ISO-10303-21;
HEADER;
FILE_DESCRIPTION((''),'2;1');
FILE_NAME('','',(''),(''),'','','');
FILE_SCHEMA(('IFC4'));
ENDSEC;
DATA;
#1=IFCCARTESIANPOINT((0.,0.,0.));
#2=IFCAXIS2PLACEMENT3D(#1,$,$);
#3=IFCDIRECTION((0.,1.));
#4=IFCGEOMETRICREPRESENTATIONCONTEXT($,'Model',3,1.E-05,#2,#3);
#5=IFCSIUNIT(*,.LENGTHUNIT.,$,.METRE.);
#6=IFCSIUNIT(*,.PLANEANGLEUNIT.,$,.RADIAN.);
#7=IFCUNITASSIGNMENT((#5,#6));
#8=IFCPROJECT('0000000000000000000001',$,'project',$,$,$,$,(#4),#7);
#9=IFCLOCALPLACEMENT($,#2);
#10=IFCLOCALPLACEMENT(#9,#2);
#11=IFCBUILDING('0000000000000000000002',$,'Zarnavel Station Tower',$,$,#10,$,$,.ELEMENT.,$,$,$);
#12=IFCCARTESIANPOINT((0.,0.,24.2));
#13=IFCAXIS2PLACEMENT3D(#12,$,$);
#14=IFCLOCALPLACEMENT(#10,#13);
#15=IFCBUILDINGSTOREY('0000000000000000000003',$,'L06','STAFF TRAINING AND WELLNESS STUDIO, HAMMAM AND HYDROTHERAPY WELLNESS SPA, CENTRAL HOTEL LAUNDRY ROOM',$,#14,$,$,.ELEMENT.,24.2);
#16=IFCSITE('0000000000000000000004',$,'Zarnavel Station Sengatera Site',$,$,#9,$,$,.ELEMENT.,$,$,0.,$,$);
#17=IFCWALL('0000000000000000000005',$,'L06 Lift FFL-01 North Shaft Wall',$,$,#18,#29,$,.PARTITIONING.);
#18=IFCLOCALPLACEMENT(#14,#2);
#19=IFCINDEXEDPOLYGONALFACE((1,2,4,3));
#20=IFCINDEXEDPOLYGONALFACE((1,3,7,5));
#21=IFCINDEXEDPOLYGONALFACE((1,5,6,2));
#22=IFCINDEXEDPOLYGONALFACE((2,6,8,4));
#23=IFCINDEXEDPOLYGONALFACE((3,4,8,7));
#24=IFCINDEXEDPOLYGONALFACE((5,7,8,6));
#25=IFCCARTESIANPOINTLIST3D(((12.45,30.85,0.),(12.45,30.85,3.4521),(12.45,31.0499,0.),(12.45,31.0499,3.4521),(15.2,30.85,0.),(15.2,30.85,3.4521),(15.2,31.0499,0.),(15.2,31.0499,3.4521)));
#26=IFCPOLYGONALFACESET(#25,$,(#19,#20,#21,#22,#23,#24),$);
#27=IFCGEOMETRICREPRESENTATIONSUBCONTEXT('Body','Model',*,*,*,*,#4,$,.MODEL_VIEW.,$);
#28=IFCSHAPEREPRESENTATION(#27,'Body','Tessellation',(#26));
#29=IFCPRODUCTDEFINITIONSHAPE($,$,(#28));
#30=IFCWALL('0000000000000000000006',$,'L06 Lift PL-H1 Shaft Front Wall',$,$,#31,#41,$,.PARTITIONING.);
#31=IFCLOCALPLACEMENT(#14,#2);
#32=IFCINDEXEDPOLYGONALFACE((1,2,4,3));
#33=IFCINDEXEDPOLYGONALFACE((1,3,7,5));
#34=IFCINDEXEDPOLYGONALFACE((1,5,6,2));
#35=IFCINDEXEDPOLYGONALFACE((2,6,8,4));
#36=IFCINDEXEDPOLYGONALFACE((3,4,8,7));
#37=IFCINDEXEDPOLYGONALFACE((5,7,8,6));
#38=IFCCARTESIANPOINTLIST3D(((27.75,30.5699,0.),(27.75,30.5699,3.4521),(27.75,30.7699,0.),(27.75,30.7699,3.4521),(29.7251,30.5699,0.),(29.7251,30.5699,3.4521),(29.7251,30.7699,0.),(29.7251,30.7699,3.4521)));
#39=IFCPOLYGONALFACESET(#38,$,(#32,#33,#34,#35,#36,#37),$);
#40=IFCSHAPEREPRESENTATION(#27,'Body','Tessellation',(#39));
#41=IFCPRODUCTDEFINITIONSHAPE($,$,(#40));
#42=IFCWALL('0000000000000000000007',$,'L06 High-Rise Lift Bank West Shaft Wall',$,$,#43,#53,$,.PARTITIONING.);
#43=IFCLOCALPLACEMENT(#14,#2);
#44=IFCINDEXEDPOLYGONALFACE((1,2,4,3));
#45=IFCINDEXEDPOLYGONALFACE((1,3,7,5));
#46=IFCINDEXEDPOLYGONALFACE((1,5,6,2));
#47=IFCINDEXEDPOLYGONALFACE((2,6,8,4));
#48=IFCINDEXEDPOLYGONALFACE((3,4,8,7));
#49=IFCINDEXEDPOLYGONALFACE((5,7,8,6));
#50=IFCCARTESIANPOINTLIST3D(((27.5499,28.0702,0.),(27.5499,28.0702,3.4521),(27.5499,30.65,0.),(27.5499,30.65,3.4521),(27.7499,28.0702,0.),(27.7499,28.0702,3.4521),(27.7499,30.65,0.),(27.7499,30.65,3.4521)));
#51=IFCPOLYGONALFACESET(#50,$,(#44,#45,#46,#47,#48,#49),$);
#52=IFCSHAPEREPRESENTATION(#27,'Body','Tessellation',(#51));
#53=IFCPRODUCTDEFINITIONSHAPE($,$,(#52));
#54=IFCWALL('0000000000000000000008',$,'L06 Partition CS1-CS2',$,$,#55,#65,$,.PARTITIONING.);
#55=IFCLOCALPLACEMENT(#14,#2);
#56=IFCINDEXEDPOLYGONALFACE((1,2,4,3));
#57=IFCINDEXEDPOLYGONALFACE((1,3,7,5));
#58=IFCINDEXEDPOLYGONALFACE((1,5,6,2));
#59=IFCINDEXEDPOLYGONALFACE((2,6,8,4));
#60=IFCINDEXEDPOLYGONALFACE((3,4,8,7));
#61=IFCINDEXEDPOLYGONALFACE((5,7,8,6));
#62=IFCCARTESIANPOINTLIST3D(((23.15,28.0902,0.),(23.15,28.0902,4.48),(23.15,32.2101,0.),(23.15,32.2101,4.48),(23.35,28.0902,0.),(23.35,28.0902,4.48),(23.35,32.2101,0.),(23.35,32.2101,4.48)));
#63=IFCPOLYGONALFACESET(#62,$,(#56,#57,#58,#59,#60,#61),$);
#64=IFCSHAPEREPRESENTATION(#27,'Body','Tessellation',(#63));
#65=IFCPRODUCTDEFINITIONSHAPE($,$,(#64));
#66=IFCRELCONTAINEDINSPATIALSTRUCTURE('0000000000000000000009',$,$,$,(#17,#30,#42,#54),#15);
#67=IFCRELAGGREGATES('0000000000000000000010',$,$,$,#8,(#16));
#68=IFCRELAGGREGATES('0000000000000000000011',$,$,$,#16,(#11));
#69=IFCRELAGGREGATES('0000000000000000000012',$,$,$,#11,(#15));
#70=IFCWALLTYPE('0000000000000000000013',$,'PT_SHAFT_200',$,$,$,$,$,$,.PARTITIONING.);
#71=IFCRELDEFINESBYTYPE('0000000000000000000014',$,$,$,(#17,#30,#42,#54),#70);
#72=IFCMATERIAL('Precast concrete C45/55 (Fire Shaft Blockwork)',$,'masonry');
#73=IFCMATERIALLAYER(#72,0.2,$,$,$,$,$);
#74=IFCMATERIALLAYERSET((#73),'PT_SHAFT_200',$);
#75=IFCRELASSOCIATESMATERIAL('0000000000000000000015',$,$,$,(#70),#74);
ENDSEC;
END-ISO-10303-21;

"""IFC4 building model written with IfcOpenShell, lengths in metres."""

from ifc_helpers import new_model, si_unit, direction, frame, frame_2d, origin, place, context, subcontext, project, spatial, rectangle, extrude, material, layer, layer_set, type_object, element, save


model = new_model("IFC4")

# Units and contexts
model_context = context("Model", 3, precision=1e-05, world=origin(), true_north=direction((0.0, 1.0)))
body_context = subcontext(model_context, "Body", "Model", "MODEL_VIEW")
ifc_project = project(units=[si_unit("LENGTHUNIT", "METRE"), si_unit("PLANEANGLEUNIT", "RADIAN")], contexts=[model_context])

# Site, building, storey
site_placement = place(None, origin())
site = spatial("IfcSite", under=ifc_project, at=site_placement, Name="Zarnavel Station Sengatera Site", CompositionType="ELEMENT", RefElevation=0.0)
building_placement = place(site_placement, origin())
building = spatial("IfcBuilding", under=site, at=building_placement, Name="Zarnavel Station Tower", CompositionType="ELEMENT")
storey_placement = place(building_placement, frame((0.0, 0.0, 24.2)))
storey = spatial("IfcBuildingStorey", under=building, at=storey_placement, Name="L06", Description="STAFF TRAINING AND WELLNESS STUDIO, HAMMAM AND HYDROTHERAPY WELLNESS SPA, CENTRAL HOTEL LAUNDRY ROOM", CompositionType="ELEMENT", Elevation=24.2)

# Shared definitions
ifc_material_1 = material(Name="Precast concrete C45/55 (Fire Shaft Blockwork)", Category="masonry")
ifc_layer_1 = layer(ifc_material_1, 0.2)
ifc_layer_set_1 = layer_set([ifc_layer_1], Name="PT_SHAFT_200")
wall_type_1 = type_object("IfcWallType", Name="PT_SHAFT_200", PredefinedType="PARTITIONING", material=ifc_layer_set_1)

# Walls
wall_1_placement = place(storey_placement, frame((12.45, 30.95, 0.0), z_axis=(0.0, 0.0, 1.0), x_axis=(1.0, 0.0, 0.0)))
element("IfcWall", 1, at=wall_1_placement, inside=storey, type_object=wall_type_1, Name="L06 Lift FFL-01 North Shaft Wall", PredefinedType="PARTITIONING", context=body_context, shape_type="SweptSolid", body=[
    extrude(rectangle(XDim=2.75, YDim=0.2, at=frame_2d((1.375, 0.0))), origin(), (0.0, 0.0, 1.0), 3.4521),
])
wall_2_placement = place(storey_placement, frame((27.75, 30.6699, 0.0), z_axis=(0.0, 0.0, 1.0), x_axis=(1.0, 0.0, 0.0)))
element("IfcWall", 2, at=wall_2_placement, inside=storey, type_object=wall_type_1, Name="L06 Lift PL-H1 Shaft Front Wall", PredefinedType="PARTITIONING", context=body_context, shape_type="SweptSolid", body=[
    extrude(rectangle(XDim=1.9751, YDim=0.2, at=frame_2d((0.9875, 0.0))), origin(), (0.0, 0.0, 1.0), 3.4521),
])
wall_3_placement = place(storey_placement, frame((27.6499, 28.0701, 0.0), z_axis=(0.0, 0.0, 1.0), x_axis=(0.0, 1.0, 0.0)))
element("IfcWall", 3, at=wall_3_placement, inside=storey, type_object=wall_type_1, Name="L06 High-Rise Lift Bank West Shaft Wall", PredefinedType="PARTITIONING", context=body_context, shape_type="SweptSolid", body=[
    extrude(rectangle(XDim=2.5798, YDim=0.2, at=frame_2d((1.29, 0.0))), origin(), (0.0, 0.0, 1.0), 3.4521),
])

# Wall
wall_4_placement = place(storey_placement, frame((23.25, 28.0901, 0.0), z_axis=(0.0, 0.0, 1.0), x_axis=(0.0, 1.0, 0.0)))
element("IfcWall", 4, at=wall_4_placement, inside=storey, type_object=wall_type_1, Name="L06 Partition CS1-CS2", PredefinedType="PARTITIONING", context=body_context, shape_type="SweptSolid", body=[
    extrude(rectangle(XDim=4.1199, YDim=0.2, at=frame_2d((2.0601, 0.0))), origin(), (0.0, 0.0, 1.0), 4.48),
])

save(model, "model.ifc")
